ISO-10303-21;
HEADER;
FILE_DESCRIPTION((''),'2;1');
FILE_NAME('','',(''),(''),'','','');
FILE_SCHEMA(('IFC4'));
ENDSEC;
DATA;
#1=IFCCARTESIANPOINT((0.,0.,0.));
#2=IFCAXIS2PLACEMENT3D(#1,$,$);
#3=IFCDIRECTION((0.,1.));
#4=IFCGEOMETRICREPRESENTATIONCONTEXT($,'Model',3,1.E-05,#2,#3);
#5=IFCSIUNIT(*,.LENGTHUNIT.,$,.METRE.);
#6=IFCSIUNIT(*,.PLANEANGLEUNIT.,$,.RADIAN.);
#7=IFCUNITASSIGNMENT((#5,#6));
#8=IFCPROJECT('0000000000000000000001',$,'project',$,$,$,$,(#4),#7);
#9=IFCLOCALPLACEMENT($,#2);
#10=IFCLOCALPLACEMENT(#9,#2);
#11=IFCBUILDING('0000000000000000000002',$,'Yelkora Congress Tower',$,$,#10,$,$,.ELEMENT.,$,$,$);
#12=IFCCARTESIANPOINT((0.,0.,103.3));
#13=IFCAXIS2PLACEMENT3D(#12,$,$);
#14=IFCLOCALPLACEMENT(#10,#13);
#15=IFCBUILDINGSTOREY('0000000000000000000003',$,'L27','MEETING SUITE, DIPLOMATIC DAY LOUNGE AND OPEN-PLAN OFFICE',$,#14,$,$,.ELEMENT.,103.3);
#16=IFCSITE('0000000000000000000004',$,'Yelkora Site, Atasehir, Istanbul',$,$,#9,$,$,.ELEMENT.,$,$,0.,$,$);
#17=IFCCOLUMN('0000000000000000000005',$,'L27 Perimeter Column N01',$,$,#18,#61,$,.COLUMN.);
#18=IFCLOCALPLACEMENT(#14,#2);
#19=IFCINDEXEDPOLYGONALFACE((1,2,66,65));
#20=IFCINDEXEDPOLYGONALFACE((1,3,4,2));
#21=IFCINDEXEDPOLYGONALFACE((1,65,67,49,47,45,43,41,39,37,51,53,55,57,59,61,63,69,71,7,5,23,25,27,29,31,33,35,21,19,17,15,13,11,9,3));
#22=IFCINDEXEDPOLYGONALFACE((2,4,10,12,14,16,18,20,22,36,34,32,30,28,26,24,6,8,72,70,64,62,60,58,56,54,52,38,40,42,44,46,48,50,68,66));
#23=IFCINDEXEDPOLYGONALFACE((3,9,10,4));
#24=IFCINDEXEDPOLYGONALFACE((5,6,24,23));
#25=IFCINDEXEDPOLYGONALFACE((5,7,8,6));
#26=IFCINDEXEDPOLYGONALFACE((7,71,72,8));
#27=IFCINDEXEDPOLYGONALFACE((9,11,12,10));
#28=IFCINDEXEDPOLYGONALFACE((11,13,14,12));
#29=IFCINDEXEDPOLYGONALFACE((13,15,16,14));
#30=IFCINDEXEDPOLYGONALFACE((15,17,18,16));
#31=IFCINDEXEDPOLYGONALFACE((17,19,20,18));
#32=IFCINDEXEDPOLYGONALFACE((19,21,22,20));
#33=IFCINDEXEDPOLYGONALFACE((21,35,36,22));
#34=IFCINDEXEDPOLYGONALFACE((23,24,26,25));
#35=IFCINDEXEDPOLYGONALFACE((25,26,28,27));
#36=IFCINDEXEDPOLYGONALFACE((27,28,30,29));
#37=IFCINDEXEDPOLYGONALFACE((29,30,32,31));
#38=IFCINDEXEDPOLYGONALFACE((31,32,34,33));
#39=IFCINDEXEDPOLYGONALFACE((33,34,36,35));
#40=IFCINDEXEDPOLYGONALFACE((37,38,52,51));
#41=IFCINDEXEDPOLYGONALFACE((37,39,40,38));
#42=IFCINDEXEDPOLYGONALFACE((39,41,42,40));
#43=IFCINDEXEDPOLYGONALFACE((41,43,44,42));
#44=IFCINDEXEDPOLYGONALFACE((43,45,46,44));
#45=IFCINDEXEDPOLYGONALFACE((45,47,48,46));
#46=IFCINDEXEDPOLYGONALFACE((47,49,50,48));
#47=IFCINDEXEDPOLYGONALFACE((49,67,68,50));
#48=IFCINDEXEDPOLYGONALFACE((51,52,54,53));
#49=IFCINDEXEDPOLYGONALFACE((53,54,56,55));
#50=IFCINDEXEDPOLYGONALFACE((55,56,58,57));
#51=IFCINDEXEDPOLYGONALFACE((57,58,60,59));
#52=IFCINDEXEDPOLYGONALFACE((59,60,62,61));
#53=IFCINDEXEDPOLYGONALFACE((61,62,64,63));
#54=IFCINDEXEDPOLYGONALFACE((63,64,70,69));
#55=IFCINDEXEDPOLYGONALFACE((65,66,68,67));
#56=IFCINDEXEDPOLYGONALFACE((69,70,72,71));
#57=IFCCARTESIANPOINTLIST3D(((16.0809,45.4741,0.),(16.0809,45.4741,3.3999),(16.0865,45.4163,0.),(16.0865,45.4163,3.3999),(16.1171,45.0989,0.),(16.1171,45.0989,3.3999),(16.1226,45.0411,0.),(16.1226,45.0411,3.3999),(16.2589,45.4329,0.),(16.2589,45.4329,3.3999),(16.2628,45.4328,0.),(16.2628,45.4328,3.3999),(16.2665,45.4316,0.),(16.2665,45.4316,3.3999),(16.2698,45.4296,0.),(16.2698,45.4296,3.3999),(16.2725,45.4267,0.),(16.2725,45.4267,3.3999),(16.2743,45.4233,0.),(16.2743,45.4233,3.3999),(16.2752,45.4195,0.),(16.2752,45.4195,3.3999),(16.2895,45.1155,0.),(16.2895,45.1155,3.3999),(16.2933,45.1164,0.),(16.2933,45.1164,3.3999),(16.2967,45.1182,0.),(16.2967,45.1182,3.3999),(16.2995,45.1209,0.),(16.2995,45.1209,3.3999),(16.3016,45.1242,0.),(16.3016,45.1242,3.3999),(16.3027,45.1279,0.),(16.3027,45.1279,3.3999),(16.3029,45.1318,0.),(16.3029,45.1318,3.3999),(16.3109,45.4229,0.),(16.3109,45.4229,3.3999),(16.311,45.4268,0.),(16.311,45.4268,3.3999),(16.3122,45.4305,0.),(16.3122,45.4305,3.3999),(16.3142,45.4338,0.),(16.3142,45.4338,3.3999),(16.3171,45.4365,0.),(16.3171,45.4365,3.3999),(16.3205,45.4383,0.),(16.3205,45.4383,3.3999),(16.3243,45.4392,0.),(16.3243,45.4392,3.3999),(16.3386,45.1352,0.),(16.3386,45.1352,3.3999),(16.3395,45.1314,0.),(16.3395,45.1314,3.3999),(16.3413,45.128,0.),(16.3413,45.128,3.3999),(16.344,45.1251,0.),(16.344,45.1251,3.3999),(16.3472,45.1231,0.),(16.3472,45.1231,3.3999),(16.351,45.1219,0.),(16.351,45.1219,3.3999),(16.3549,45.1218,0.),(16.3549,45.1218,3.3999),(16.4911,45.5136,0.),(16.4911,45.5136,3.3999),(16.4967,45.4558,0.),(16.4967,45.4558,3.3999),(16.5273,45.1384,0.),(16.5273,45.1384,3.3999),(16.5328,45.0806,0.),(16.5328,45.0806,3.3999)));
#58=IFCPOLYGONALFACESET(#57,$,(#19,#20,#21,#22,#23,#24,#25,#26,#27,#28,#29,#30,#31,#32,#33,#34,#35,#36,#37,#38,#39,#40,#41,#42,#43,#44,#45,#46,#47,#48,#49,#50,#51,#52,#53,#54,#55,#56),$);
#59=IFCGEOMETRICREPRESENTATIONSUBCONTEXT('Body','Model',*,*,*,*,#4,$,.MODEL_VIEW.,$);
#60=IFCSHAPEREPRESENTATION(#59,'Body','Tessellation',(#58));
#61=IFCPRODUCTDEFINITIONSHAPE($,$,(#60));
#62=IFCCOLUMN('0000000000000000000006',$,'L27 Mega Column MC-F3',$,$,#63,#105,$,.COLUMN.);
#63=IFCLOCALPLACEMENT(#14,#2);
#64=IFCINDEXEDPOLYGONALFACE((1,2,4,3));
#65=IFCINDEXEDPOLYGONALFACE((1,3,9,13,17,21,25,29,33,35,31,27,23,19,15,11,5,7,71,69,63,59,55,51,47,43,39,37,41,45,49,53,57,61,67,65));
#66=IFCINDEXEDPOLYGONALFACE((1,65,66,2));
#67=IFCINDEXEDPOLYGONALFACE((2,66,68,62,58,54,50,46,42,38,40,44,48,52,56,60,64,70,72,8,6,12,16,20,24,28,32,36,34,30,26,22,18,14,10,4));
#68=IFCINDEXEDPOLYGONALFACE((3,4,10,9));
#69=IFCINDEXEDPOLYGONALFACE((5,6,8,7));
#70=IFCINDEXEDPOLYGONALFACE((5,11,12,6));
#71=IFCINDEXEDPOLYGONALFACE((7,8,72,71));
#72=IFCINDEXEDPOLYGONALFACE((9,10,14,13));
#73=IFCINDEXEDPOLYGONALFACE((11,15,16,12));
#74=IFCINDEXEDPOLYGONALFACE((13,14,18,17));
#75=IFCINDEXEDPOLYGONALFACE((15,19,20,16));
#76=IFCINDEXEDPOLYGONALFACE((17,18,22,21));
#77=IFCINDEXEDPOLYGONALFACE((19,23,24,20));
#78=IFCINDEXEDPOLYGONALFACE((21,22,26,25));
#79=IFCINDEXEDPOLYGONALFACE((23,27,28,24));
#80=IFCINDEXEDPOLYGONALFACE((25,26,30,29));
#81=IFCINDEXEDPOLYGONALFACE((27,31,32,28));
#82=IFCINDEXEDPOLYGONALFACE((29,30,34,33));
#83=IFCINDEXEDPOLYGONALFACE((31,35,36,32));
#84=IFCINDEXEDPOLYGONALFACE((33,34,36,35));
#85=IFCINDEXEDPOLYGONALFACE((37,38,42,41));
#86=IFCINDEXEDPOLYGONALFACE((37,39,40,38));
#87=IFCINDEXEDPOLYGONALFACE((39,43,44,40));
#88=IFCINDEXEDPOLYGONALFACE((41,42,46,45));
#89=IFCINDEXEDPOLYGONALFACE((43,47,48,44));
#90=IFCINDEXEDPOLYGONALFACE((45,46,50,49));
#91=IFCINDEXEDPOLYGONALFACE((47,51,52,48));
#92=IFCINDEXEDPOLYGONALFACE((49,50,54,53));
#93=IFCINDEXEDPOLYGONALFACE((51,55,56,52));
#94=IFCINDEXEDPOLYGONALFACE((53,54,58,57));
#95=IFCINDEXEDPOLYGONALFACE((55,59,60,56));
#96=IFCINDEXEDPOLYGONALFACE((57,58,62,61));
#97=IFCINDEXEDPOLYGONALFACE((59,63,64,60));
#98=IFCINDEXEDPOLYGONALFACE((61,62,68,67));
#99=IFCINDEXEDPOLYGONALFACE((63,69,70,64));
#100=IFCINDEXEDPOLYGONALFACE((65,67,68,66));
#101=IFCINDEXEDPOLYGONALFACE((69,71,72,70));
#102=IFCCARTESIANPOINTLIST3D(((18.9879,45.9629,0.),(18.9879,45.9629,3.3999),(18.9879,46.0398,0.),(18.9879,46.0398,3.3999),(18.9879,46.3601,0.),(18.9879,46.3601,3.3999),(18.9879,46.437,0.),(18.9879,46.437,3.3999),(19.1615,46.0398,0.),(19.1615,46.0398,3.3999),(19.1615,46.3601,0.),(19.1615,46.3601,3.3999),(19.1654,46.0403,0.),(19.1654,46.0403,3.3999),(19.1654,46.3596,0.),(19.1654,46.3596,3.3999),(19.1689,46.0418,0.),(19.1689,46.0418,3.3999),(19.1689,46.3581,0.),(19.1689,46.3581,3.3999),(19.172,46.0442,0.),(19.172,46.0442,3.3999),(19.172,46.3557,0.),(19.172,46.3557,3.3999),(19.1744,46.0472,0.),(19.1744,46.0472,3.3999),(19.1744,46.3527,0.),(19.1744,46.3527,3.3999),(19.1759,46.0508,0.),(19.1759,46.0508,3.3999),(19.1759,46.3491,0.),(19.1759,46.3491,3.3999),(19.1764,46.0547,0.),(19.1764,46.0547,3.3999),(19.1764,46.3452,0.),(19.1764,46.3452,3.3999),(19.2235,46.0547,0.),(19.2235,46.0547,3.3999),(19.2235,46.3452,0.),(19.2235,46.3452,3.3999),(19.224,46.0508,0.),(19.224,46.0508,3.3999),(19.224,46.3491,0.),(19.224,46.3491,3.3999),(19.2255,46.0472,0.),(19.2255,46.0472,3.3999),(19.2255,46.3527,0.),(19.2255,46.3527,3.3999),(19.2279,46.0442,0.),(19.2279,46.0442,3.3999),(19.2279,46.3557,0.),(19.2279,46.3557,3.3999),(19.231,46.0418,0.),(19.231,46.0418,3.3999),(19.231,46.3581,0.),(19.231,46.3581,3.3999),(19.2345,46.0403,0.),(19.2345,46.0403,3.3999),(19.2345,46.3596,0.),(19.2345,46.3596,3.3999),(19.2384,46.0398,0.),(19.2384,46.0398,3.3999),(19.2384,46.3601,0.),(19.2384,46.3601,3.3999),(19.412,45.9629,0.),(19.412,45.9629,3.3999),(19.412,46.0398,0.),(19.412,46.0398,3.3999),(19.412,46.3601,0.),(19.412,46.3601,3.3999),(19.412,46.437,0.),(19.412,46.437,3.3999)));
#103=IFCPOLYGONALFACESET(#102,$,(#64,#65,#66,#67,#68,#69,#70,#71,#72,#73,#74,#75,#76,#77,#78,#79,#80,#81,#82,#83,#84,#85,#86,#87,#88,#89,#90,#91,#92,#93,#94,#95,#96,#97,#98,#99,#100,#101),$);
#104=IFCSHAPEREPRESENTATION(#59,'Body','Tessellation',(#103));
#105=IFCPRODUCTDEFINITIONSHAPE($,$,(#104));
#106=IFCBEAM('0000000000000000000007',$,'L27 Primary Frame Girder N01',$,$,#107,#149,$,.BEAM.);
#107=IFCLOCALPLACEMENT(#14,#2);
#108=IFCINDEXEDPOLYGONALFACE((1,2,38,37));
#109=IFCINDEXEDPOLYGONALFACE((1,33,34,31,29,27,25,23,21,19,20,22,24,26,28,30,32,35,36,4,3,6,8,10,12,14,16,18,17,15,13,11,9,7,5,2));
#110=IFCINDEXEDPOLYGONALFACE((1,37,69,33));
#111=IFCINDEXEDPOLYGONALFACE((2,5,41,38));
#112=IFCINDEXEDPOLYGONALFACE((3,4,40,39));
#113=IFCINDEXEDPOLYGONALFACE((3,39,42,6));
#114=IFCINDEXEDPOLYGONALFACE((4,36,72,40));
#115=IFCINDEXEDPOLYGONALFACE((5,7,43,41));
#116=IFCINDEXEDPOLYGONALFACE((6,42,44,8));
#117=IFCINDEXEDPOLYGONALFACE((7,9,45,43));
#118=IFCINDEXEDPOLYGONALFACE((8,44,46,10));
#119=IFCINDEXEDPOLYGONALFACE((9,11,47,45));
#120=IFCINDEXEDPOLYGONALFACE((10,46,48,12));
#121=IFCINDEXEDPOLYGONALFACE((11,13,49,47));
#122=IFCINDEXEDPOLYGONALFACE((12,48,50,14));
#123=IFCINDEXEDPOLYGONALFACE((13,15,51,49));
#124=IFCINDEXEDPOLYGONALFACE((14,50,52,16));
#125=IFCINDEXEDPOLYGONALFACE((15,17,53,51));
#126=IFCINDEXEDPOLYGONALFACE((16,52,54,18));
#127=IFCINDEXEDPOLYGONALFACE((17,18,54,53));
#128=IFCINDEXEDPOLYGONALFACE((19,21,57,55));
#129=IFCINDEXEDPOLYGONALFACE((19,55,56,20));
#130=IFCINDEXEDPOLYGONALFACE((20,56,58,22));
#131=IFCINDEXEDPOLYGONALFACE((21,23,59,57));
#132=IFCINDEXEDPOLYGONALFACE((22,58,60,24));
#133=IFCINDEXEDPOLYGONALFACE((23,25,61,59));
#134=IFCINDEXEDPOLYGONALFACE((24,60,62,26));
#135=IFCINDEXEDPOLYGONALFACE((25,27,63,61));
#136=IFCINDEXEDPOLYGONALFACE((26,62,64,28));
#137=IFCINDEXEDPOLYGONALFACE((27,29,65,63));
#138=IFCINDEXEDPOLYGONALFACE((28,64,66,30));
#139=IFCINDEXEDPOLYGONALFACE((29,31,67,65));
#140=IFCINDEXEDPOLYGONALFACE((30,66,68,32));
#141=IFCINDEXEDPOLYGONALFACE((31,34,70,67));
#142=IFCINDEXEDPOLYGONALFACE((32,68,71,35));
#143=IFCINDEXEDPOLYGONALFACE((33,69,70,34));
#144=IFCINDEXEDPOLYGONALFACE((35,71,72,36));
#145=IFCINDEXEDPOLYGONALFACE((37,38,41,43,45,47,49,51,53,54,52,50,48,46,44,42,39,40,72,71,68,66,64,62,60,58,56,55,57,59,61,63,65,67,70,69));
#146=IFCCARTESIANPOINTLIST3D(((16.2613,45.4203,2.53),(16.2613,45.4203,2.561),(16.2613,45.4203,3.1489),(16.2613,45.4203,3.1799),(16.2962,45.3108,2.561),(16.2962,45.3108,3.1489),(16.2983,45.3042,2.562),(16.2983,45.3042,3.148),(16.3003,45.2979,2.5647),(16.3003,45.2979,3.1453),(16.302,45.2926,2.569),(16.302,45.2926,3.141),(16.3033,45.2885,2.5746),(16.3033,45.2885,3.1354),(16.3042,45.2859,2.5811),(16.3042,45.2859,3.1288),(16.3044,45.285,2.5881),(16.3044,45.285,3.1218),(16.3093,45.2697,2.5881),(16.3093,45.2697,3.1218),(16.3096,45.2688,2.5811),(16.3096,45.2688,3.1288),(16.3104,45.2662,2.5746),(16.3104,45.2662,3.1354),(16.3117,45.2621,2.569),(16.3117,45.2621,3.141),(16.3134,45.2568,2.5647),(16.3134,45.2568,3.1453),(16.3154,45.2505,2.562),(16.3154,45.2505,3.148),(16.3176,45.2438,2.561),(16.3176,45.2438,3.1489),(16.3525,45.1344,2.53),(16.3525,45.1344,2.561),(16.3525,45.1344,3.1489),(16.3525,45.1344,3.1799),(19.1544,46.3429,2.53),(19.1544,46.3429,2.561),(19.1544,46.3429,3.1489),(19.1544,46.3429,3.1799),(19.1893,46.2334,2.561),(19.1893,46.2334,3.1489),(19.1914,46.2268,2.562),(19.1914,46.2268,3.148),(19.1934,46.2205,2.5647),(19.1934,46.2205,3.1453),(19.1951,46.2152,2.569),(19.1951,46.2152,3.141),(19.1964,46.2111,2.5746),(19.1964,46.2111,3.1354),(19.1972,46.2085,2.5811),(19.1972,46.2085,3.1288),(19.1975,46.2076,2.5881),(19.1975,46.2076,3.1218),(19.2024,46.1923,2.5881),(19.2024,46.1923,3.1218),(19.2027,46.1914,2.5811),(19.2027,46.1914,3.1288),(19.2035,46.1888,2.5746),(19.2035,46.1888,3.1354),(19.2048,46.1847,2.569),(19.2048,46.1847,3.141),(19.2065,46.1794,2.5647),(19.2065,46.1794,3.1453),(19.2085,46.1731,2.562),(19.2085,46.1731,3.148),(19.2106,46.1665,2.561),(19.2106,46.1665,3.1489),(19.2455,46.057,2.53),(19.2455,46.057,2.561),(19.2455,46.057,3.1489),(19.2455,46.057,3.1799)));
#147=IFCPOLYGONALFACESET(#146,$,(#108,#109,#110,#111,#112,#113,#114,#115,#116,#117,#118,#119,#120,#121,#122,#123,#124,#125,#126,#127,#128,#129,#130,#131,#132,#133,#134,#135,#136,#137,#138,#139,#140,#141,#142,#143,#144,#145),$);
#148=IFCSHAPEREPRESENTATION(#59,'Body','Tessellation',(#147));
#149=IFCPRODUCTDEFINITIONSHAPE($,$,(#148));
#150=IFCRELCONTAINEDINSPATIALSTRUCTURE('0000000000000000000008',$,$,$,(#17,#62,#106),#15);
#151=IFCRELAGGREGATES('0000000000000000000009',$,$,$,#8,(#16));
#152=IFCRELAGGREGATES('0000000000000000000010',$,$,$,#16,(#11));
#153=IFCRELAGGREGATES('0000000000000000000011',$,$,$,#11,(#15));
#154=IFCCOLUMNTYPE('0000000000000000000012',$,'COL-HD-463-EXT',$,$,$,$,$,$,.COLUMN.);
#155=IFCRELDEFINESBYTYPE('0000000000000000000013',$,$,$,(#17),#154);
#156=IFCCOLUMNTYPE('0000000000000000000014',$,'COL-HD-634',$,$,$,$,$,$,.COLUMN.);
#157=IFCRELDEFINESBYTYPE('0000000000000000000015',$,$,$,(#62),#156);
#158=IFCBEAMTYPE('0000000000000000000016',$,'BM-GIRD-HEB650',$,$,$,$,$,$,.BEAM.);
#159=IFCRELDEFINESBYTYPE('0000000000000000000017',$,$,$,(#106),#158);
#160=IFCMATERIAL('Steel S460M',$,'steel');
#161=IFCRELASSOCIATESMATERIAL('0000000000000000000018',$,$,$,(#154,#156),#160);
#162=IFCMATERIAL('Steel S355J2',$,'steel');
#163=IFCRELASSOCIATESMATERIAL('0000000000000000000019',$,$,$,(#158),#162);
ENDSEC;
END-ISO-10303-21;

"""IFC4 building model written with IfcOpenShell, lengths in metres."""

from ifc_helpers import new_model, si_unit, direction, frame, origin, origin_2d, place, context, subcontext, project, spatial, i_section, extrude, material, material_profile, profile_set, type_object, element, save


model = new_model("IFC4")

# Units and contexts
model_context = context("Model", 3, precision=1e-05, world=origin(), true_north=direction((0.0, 1.0)))
body_context = subcontext(model_context, "Body", "Model", "MODEL_VIEW")
ifc_project = project(units=[si_unit("LENGTHUNIT", "METRE"), si_unit("PLANEANGLEUNIT", "RADIAN")], contexts=[model_context])

# Site, building, storey
site_placement = place(None, origin())
site = spatial("IfcSite", under=ifc_project, at=site_placement, Name="Yelkora Site, Atasehir, Istanbul", CompositionType="ELEMENT", RefElevation=0.0)
building_placement = place(site_placement, origin())
building = spatial("IfcBuilding", under=site, at=building_placement, Name="Yelkora Congress Tower", CompositionType="ELEMENT")
storey_placement = place(building_placement, frame((0.0, 0.0, 103.3)))
storey = spatial("IfcBuildingStorey", under=building, at=storey_placement, Name="L27", Description="MEETING SUITE, DIPLOMATIC DAY LOUNGE AND OPEN-PLAN OFFICE", CompositionType="ELEMENT", Elevation=103.3)

# Columns
ifc_material_1 = material(Name="Steel S460M", Category="steel")
ifc_material_profile_1 = material_profile(ifc_material_1, i_section(OverallWidth=0.4121, OverallDepth=0.4351, WebThickness=0.0359, FlangeThickness=0.0581, FilletRadius=0.0149, at=origin_2d()), Name="HD 400x463")
ifc_profile_set_1 = profile_set([ifc_material_profile_1], Name="Steel S460M")
column_type_1 = type_object("IfcColumnType", Name="COL-HD-463-EXT", PredefinedType="COLUMN", material=ifc_profile_set_1)
column_1_placement = place(storey_placement, frame((16.3069, 45.2773, 0.0), z_axis=(0.0, 0.0, 1.0), x_axis=(0.995396, 0.095846, 0.0)))
element("IfcColumn", 1, at=column_1_placement, inside=storey, type_object=column_type_1, Name="L27 Perimeter Column N01", PredefinedType="COLUMN", context=body_context, shape_type="SweptSolid", body=[
    extrude(i_section(OverallWidth=0.4121, OverallDepth=0.4351, WebThickness=0.0359, FlangeThickness=0.0581, FilletRadius=0.0149, at=origin_2d()), origin(), (0.0, 0.0, 1.0), 3.3999),
])
ifc_material_profile_2 = material_profile(ifc_material_1, i_section(OverallWidth=0.4241, OverallDepth=0.4741, WebThickness=0.0471, FlangeThickness=0.0769, FilletRadius=0.0149, at=origin_2d()), Name="HD 400x634")
ifc_profile_set_2 = profile_set([ifc_material_profile_2], Name="Steel S460M")
column_type_2 = type_object("IfcColumnType", Name="COL-HD-634", PredefinedType="COLUMN", material=ifc_profile_set_2)
column_2_placement = place(storey_placement, frame((19.2, 46.2, 0.0), z_axis=(0.0, 0.0, 1.0), x_axis=(1.0, 0.0, 0.0)))
element("IfcColumn", 2, at=column_2_placement, inside=storey, type_object=column_type_2, Name="L27 Mega Column MC-F3", PredefinedType="COLUMN", context=body_context, shape_type="SweptSolid", body=[
    extrude(i_section(OverallWidth=0.4241, OverallDepth=0.4741, WebThickness=0.0471, FlangeThickness=0.0769, FilletRadius=0.0149, at=origin_2d()), origin(), (0.0, 0.0, 1.0), 3.3999),
])

# Beam
ifc_material_2 = material(Name="Steel S355J2", Category="steel")
ifc_material_profile_3 = material_profile(ifc_material_2, i_section(OverallWidth=0.3, OverallDepth=0.6499, WebThickness=0.0161, FlangeThickness=0.031, FilletRadius=0.0271, at=origin_2d()), Name="HEB 650")
ifc_profile_set_3 = profile_set([ifc_material_profile_3], Name="Steel S355J2")
beam_type_1 = type_object("IfcBeamType", Name="BM-GIRD-HEB650", PredefinedType="BEAM", material=ifc_profile_set_3)
beam_1_placement = place(storey_placement, frame((16.3069, 45.2773, 2.855), z_axis=(0.952727, 0.303827, 0.0), x_axis=(-0.303827, 0.952727, 0.0)))
element("IfcBeam", 3, at=beam_1_placement, inside=storey, type_object=beam_type_1, Name="L27 Primary Frame Girder N01", PredefinedType="BEAM", context=body_context, shape_type="SweptSolid", body=[
    extrude(i_section(OverallWidth=0.3, OverallDepth=0.6499, WebThickness=0.0161, FlangeThickness=0.031, FilletRadius=0.0271, at=origin_2d()), origin(), (0.0, 0.0, 1.0), 3.0366),
])

save(model, "model.ifc")
